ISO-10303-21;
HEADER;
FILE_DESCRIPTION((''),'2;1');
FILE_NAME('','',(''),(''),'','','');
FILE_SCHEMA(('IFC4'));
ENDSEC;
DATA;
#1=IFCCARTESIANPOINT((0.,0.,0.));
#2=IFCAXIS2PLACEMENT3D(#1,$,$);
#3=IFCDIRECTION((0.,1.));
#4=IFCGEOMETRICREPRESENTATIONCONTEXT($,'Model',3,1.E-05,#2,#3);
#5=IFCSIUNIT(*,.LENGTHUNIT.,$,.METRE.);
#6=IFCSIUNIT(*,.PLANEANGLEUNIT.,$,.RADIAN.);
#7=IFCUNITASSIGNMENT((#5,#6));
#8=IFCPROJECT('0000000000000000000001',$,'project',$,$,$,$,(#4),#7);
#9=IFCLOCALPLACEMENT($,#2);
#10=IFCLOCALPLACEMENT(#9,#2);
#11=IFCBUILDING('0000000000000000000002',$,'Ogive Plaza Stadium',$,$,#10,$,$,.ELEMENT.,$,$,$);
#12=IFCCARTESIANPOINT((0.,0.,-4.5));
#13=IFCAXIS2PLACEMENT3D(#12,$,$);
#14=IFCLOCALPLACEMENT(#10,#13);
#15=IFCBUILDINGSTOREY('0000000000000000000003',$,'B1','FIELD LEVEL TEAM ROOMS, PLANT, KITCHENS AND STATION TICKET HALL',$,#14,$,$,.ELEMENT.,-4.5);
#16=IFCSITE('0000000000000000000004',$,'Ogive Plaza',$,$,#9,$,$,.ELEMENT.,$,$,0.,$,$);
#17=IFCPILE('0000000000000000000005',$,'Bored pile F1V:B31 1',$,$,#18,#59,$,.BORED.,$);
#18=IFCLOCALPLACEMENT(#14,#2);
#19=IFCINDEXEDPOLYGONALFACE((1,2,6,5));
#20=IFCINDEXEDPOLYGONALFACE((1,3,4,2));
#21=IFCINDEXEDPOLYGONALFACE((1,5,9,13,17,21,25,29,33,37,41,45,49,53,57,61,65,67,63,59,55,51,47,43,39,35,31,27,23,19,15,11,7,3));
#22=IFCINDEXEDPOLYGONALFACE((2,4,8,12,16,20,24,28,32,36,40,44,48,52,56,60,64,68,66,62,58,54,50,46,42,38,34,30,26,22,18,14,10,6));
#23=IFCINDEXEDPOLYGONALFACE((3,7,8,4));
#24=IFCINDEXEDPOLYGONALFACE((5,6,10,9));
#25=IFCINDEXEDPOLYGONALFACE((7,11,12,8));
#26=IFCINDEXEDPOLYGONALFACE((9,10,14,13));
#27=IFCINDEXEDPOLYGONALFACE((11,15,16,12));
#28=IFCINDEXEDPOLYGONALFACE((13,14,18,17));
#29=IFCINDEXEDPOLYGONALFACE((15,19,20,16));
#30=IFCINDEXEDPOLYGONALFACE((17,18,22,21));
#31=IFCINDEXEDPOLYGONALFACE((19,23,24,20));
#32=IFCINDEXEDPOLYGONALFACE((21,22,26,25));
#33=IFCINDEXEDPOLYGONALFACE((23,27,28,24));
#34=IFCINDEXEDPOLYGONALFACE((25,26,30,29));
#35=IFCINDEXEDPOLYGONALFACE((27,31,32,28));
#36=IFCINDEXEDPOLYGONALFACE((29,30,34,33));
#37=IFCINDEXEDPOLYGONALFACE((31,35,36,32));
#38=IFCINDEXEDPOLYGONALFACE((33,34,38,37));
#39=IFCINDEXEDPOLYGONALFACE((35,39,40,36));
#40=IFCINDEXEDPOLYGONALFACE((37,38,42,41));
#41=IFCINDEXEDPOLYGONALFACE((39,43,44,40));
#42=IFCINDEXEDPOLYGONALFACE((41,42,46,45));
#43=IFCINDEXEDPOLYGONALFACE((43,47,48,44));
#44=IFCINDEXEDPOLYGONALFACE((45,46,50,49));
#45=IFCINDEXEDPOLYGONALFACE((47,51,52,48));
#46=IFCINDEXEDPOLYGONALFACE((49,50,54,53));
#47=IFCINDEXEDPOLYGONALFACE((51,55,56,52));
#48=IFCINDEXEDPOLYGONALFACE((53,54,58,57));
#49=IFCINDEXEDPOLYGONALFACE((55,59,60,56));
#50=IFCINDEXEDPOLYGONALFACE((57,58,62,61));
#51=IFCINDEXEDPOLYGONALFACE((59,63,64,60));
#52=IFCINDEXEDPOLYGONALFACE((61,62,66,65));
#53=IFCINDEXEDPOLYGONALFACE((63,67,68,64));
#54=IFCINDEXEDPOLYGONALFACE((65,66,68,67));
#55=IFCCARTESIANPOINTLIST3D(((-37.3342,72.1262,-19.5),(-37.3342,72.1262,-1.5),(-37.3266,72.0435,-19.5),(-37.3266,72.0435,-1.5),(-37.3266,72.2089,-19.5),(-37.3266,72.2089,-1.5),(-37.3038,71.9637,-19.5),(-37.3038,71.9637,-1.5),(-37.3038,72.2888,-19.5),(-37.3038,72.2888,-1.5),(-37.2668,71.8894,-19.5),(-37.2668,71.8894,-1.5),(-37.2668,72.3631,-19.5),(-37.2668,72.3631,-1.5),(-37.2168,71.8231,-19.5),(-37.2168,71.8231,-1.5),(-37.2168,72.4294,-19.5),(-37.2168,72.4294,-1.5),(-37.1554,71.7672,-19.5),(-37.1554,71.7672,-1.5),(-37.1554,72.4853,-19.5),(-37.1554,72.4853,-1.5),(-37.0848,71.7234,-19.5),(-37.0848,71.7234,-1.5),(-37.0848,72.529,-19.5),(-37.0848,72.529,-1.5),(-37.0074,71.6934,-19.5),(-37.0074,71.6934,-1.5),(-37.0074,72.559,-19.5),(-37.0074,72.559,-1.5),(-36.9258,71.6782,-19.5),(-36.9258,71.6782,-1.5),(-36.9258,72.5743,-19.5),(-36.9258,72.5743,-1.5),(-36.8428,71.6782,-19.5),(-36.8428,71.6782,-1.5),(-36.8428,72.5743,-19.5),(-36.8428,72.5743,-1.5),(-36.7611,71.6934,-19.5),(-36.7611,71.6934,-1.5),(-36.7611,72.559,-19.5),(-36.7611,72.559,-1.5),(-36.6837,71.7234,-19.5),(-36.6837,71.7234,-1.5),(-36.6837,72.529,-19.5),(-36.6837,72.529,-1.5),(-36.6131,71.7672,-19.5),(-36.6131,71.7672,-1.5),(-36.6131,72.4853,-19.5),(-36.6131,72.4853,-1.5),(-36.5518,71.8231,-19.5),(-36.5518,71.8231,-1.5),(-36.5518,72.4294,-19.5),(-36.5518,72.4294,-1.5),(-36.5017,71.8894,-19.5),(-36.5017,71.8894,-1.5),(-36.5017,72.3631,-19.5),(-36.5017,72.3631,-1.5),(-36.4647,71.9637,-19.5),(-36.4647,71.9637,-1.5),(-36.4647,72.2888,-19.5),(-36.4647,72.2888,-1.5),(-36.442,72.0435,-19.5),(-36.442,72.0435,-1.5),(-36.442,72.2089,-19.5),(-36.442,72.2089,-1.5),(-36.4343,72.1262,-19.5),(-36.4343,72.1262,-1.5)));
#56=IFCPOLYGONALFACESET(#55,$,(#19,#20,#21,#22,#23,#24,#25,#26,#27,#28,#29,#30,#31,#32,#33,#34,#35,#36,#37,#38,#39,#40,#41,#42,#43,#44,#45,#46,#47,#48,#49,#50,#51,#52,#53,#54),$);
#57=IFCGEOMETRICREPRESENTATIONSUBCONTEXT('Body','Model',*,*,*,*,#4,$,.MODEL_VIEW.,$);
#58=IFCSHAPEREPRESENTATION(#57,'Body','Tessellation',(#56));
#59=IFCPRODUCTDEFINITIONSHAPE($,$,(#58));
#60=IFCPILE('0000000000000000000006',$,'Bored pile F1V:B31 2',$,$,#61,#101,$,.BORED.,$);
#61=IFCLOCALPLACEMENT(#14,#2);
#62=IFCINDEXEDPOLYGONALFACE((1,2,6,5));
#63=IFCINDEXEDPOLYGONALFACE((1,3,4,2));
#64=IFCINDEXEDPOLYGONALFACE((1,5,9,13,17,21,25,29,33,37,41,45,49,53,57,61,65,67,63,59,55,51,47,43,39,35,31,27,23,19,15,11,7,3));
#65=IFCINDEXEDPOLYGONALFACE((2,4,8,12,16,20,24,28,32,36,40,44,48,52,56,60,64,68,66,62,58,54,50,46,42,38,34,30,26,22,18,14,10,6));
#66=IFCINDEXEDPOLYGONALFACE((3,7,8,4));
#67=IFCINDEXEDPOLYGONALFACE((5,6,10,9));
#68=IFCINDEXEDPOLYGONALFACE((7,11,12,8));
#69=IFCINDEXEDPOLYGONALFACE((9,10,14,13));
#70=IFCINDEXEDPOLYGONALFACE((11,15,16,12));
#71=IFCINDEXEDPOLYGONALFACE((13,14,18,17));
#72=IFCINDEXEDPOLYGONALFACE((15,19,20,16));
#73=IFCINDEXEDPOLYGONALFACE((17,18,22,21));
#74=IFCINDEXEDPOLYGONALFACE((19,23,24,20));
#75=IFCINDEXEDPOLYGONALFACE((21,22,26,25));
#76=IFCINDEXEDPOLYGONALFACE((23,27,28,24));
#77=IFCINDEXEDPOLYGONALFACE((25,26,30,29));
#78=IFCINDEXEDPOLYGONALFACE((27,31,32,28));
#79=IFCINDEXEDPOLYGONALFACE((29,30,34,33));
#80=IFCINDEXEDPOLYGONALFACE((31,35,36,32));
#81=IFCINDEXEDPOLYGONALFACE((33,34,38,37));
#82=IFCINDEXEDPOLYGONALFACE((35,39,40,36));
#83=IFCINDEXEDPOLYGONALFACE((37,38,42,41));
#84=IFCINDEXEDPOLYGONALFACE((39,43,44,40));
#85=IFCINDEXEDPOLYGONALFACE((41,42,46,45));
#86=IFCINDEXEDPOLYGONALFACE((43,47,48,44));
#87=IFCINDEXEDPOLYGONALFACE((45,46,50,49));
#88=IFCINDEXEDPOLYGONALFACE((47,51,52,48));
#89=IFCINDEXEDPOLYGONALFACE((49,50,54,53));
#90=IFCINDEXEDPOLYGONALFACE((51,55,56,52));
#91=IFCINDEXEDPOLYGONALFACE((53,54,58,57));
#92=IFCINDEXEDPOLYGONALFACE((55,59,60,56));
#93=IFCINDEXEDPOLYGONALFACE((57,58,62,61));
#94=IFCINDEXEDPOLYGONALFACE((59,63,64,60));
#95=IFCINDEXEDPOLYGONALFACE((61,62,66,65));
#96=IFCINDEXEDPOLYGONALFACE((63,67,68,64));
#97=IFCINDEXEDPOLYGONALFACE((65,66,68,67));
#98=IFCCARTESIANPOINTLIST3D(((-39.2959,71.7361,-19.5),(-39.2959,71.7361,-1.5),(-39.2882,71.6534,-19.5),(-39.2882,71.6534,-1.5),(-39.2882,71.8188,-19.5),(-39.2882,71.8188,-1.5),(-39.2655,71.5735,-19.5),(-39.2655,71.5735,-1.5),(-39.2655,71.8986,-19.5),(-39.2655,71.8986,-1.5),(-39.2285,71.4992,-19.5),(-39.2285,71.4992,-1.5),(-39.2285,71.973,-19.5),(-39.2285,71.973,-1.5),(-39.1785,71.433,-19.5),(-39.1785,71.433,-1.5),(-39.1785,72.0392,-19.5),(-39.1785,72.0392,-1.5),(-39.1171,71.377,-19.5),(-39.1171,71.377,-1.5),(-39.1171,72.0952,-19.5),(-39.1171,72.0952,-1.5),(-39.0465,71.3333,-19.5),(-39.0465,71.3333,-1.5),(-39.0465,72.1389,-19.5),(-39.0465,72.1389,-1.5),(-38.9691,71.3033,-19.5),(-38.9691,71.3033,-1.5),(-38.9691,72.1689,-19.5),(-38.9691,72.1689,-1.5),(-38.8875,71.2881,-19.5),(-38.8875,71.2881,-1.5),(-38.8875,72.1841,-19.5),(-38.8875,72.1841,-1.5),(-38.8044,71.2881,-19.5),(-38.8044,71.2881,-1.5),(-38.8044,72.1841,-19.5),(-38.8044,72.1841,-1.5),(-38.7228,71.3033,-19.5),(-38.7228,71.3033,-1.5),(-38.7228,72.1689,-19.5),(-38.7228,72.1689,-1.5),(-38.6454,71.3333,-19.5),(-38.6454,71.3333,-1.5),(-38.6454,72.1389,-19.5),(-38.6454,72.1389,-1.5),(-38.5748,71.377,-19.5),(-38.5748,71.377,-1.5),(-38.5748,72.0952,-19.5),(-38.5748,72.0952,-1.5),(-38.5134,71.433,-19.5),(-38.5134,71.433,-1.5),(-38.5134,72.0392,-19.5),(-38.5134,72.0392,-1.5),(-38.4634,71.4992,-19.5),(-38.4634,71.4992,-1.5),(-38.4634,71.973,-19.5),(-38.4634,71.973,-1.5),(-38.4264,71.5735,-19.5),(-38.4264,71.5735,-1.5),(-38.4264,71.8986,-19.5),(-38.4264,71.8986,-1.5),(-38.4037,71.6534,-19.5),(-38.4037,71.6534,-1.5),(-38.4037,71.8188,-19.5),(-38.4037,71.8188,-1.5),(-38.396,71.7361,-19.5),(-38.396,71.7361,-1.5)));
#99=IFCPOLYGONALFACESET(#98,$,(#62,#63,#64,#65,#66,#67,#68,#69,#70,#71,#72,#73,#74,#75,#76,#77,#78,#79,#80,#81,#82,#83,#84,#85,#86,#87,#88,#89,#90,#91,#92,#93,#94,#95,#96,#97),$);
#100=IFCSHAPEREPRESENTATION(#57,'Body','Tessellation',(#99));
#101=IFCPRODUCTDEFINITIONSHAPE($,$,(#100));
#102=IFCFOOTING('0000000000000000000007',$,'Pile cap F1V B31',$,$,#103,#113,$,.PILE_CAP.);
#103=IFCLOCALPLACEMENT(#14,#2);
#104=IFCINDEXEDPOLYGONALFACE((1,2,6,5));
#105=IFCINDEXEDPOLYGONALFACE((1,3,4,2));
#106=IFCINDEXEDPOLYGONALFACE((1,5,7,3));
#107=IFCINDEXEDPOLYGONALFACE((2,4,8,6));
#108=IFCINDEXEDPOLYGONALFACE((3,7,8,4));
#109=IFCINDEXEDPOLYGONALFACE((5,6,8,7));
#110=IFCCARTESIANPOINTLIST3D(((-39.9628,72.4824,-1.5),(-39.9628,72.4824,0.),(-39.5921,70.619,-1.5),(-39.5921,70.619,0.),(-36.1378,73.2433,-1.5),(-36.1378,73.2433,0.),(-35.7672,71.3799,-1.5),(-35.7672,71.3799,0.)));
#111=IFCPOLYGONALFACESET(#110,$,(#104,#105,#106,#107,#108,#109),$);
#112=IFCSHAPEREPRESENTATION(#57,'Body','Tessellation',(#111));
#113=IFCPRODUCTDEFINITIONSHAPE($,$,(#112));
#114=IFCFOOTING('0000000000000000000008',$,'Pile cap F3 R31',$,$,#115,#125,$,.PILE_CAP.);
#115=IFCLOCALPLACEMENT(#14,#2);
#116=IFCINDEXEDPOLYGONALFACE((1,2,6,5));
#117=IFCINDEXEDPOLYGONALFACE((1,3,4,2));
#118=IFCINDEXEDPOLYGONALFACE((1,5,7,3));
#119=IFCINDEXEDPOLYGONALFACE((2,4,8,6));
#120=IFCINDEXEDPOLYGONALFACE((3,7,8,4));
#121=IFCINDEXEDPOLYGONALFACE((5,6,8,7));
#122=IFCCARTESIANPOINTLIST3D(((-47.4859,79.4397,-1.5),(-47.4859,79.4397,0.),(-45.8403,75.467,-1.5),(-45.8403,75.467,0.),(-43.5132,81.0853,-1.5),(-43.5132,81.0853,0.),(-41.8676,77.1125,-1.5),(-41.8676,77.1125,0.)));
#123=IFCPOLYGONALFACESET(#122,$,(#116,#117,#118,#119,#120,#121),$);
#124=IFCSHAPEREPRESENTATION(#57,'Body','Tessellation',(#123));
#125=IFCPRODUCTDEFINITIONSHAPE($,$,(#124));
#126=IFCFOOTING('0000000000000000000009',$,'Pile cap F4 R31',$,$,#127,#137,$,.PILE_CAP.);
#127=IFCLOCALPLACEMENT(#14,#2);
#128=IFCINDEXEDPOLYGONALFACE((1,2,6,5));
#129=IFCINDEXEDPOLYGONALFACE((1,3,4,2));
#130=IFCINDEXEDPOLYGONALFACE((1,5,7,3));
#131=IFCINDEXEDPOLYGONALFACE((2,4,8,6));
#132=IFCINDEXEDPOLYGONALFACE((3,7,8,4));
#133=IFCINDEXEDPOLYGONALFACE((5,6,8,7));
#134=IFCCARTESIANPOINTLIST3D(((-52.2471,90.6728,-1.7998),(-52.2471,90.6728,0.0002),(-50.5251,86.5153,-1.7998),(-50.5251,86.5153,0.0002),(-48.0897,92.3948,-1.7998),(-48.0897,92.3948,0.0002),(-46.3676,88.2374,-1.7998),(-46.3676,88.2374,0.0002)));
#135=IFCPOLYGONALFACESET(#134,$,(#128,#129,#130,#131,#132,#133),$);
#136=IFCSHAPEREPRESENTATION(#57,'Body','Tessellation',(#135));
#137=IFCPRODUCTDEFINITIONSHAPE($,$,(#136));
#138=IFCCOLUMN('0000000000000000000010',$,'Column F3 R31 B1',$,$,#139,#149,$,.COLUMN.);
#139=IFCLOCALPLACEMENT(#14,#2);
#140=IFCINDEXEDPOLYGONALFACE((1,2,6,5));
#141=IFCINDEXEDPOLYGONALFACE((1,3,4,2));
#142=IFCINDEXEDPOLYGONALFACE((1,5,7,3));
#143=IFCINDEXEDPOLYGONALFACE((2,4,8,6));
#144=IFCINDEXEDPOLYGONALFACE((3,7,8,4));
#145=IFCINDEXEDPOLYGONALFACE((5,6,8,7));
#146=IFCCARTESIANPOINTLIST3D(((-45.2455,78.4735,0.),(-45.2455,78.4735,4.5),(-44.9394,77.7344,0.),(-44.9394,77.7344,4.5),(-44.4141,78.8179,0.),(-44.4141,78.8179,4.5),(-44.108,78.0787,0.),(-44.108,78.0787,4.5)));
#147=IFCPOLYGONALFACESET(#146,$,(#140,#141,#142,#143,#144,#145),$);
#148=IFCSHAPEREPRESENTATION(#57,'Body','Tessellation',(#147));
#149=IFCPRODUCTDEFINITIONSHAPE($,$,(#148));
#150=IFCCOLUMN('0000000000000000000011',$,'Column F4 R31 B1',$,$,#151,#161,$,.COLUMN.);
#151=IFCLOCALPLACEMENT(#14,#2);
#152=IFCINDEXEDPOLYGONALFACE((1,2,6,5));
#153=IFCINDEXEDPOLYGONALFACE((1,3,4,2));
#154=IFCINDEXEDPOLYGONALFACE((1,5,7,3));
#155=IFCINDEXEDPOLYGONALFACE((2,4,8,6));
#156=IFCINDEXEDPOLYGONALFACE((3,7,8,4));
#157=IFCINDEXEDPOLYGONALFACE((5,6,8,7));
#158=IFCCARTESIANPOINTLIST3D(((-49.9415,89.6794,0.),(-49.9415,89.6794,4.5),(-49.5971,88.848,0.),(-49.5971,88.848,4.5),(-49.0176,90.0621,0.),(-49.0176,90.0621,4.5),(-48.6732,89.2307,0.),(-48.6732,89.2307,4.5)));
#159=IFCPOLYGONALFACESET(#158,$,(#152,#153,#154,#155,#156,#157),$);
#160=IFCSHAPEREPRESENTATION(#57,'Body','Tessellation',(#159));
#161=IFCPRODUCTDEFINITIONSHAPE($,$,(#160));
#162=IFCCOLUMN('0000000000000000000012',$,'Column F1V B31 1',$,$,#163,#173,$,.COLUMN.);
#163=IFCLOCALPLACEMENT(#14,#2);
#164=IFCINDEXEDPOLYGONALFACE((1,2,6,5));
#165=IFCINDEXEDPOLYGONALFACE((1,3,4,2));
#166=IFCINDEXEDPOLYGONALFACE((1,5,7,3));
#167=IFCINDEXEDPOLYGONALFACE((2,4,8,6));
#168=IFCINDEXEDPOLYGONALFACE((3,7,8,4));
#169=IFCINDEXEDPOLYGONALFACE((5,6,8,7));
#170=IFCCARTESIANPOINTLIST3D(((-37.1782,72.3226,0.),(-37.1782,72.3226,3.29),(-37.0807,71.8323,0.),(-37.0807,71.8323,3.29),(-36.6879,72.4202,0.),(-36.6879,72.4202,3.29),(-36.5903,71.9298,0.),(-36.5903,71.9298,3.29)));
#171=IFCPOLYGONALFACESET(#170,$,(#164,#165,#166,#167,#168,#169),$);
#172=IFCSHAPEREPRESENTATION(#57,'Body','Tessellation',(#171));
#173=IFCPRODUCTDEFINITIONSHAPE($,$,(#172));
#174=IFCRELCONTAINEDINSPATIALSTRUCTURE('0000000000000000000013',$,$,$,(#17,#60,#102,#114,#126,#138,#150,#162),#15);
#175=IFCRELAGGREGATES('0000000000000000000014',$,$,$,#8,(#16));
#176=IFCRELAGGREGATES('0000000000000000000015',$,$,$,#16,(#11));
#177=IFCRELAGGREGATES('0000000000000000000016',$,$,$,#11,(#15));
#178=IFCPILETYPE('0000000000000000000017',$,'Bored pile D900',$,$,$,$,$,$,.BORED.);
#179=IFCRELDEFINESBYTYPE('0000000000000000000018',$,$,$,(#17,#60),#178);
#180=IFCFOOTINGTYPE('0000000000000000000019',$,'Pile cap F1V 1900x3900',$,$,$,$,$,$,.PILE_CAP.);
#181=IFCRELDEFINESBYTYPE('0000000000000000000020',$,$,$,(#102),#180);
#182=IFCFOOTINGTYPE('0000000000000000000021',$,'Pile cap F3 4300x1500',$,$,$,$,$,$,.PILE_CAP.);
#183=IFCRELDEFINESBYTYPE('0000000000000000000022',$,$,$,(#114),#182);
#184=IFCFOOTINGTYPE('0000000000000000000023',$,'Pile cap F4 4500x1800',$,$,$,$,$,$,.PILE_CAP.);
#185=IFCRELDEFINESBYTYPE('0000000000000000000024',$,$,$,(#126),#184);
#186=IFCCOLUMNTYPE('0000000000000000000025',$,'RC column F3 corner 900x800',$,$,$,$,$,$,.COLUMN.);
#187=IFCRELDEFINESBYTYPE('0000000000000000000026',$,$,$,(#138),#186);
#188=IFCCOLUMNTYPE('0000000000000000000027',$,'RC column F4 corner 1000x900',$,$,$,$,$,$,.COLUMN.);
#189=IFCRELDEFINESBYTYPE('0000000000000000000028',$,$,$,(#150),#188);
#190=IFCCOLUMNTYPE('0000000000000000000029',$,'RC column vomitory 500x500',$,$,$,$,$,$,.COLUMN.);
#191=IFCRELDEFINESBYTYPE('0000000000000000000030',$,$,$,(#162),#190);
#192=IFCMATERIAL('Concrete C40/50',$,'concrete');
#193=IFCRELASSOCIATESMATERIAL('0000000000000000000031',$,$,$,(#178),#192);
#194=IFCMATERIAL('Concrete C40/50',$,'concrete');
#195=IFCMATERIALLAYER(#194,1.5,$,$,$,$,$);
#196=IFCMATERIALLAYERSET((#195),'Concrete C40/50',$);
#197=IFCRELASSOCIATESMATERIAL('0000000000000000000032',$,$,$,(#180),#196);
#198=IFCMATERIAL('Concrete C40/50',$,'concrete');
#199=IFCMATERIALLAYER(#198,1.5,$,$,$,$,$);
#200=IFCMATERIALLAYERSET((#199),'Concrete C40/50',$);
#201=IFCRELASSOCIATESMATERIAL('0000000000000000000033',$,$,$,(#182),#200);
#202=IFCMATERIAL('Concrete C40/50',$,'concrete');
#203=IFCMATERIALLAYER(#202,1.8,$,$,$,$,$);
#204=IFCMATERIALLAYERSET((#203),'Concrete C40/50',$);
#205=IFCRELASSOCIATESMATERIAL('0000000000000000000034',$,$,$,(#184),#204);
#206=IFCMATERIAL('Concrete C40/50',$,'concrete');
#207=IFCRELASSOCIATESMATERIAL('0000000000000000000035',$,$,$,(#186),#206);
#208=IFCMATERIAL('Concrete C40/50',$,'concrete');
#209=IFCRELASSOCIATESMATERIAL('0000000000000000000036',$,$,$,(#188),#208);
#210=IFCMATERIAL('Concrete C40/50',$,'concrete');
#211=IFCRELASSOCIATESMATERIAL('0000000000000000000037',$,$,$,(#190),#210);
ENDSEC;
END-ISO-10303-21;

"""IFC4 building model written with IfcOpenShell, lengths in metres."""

from ifc_helpers import new_model, si_unit, direction, frame, origin, origin_2d, place, context, subcontext, project, spatial, rectangle, circle, extrude, material, layer, layer_set, material_profile, profile_set, type_object, element, save


model = new_model("IFC4")

# Units and contexts
model_context = context("Model", 3, precision=1e-05, world=origin(), true_north=direction((0.0, 1.0)))
body_context = subcontext(model_context, "Body", "Model", "MODEL_VIEW")
ifc_project = project(units=[si_unit("LENGTHUNIT", "METRE"), si_unit("PLANEANGLEUNIT", "RADIAN")], contexts=[model_context])

# Site, building, storey
site_placement = place(None, origin())
site = spatial("IfcSite", under=ifc_project, at=site_placement, Name="Ogive Plaza", CompositionType="ELEMENT", RefElevation=0.0)
building_placement = place(site_placement, origin())
building = spatial("IfcBuilding", under=site, at=building_placement, Name="Ogive Plaza Stadium", CompositionType="ELEMENT")
storey_placement = place(building_placement, frame((0.0, 0.0, -4.5)))
storey = spatial("IfcBuildingStorey", under=building, at=storey_placement, Name="B1", Description="FIELD LEVEL TEAM ROOMS, PLANT, KITCHENS AND STATION TICKET HALL", CompositionType="ELEMENT", Elevation=-4.5)

# Piles
ifc_material_1 = material(Name="Concrete C40/50", Category="concrete")
ifc_material_profile_1 = material_profile(ifc_material_1, circle(Radius=0.45, at=origin_2d()), Name="RC D900")
ifc_profile_set_1 = profile_set([ifc_material_profile_1], Name="Concrete C40/50")
pile_type_1 = type_object("IfcPileType", Name="Bored pile D900", PredefinedType="BORED", material=ifc_profile_set_1)
for number, where, z_axis, x_axis, name in (
    (1, (-36.8843, 72.1262, -1.5), (0.0, 0.0, -1.0), (1.0, 0.0, 0.0), "Bored pile F1V:B31 1"),
    (2, (-38.8459, 71.7361, -1.5), (0.0, 0.0, -1.0), (1.0, 0.0, 0.0), "Bored pile F1V:B31 2"),
):
    element("IfcPile", number, at=place(storey_placement, frame(where, z_axis=z_axis, x_axis=x_axis)), inside=storey, type_object=pile_type_1, Name=name, PredefinedType="BORED", context=body_context, shape_type="SweptSolid", body=[
        extrude(circle(Radius=0.45, at=origin_2d()), origin(), (0.0, 0.0, 1.0), 18.0),
    ])

# Footings
ifc_material_2 = material(Name="Concrete C40/50", Category="concrete")
ifc_layer_1 = layer(ifc_material_2, 1.5)
ifc_layer_set_1 = layer_set([ifc_layer_1], Name="Concrete C40/50")
footing_type_1 = type_object("IfcFootingType", Name="Pile cap F1V 1900x3900", PredefinedType="PILE_CAP", material=ifc_layer_set_1)
footing_1_placement = place(storey_placement, frame((-37.865, 71.9312, -1.5), z_axis=(0.0, 0.0, 1.0), x_axis=(-0.19509, 0.980785, 0.0)))
element("IfcFooting", 3, at=footing_1_placement, inside=storey, type_object=footing_type_1, Name="Pile cap F1V B31", PredefinedType="PILE_CAP", context=body_context, shape_type="SweptSolid", body=[
    extrude(rectangle(XDim=1.8999, YDim=3.8999, at=origin_2d()), origin(), (0.0, 0.0, 1.0), 1.5),
])
ifc_material_3 = material(Name="Concrete C40/50", Category="concrete")
ifc_layer_2 = layer(ifc_material_3, 1.5)
ifc_layer_set_2 = layer_set([ifc_layer_2], Name="Concrete C40/50")
footing_type_2 = type_object("IfcFootingType", Name="Pile cap F3 4300x1500", PredefinedType="PILE_CAP", material=ifc_layer_set_2)
footing_2_placement = place(storey_placement, frame((-44.6768, 78.2761, -1.5), z_axis=(0.0, 0.0, 1.0), x_axis=(-0.382683, 0.92388, 0.0)))
element("IfcFooting", 4, at=footing_2_placement, inside=storey, type_object=footing_type_2, Name="Pile cap F3 R31", PredefinedType="PILE_CAP", context=body_context, shape_type="SweptSolid", body=[
    extrude(rectangle(XDim=4.3, YDim=4.3, at=origin_2d()), origin(), (0.0, 0.0, 1.0), 1.5),
])
ifc_material_4 = material(Name="Concrete C40/50", Category="concrete")
ifc_layer_3 = layer(ifc_material_4, 1.8)
ifc_layer_set_3 = layer_set([ifc_layer_3], Name="Concrete C40/50")
footing_type_3 = type_object("IfcFootingType", Name="Pile cap F4 4500x1800", PredefinedType="PILE_CAP", material=ifc_layer_set_3)
footing_3_placement = place(storey_placement, frame((-49.3074, 89.4551, -1.7998), z_axis=(0.0, 0.0, 1.0), x_axis=(-0.382683, 0.92388, 0.0)))
element("IfcFooting", 5, at=footing_3_placement, inside=storey, type_object=footing_type_3, Name="Pile cap F4 R31", PredefinedType="PILE_CAP", context=body_context, shape_type="SweptSolid", body=[
    extrude(rectangle(XDim=4.5, YDim=4.5, at=origin_2d()), origin(), (0.0, 0.0, 1.0), 1.8),
])

# Columns
ifc_material_5 = material(Name="Concrete C40/50", Category="concrete")
ifc_material_profile_2 = material_profile(ifc_material_5, rectangle(XDim=0.8999, YDim=0.8, at=origin_2d()), Name="RC 900x800")
ifc_profile_set_2 = profile_set([ifc_material_profile_2], Name="Concrete C40/50")
column_type_1 = type_object("IfcColumnType", Name="RC column F3 corner 900x800", PredefinedType="COLUMN", material=ifc_profile_set_2)
column_1_placement = place(storey_placement, frame((-44.6768, 78.2761, 0.0), z_axis=(0.0, 0.0, 1.0), x_axis=(-0.92388, -0.382683, 0.0)))
element("IfcColumn", 6, at=column_1_placement, inside=storey, type_object=column_type_1, Name="Column F3 R31 B1", PredefinedType="COLUMN", context=body_context, shape_type="SweptSolid", body=[
    extrude(rectangle(XDim=0.8999, YDim=0.8, at=origin_2d()), origin(), (0.0, 0.0, 1.0), 4.5),
])
ifc_material_6 = material(Name="Concrete C40/50", Category="concrete")
ifc_material_profile_3 = material_profile(ifc_material_6, rectangle(XDim=1.0, YDim=0.8999, at=origin_2d()), Name="RC 1000x900")
ifc_profile_set_3 = profile_set([ifc_material_profile_3], Name="Concrete C40/50")
column_type_2 = type_object("IfcColumnType", Name="RC column F4 corner 1000x900", PredefinedType="COLUMN", material=ifc_profile_set_3)
column_2_placement = place(storey_placement, frame((-49.3074, 89.4551, 0.0), z_axis=(0.0, 0.0, 1.0), x_axis=(-0.92388, -0.382683, 0.0)))
element("IfcColumn", 7, at=column_2_placement, inside=storey, type_object=column_type_2, Name="Column F4 R31 B1", PredefinedType="COLUMN", context=body_context, shape_type="SweptSolid", body=[
    extrude(rectangle(XDim=1.0, YDim=0.8999, at=origin_2d()), origin(), (0.0, 0.0, 1.0), 4.5),
])
ifc_material_7 = material(Name="Concrete C40/50", Category="concrete")
ifc_material_profile_4 = material_profile(ifc_material_7, rectangle(XDim=0.5, YDim=0.5, at=origin_2d()), Name="RC 500x500")
ifc_profile_set_4 = profile_set([ifc_material_profile_4], Name="Concrete C40/50")
column_type_3 = type_object("IfcColumnType", Name="RC column vomitory 500x500", PredefinedType="COLUMN", material=ifc_profile_set_4)
column_3_placement = place(storey_placement, frame((-36.8843, 72.1262, 0.0), z_axis=(0.0, 0.0, 1.0), x_axis=(-0.980785, -0.19509, 0.0)))
element("IfcColumn", 8, at=column_3_placement, inside=storey, type_object=column_type_3, Name="Column F1V B31 1", PredefinedType="COLUMN", context=body_context, shape_type="SweptSolid", body=[
    extrude(rectangle(XDim=0.5, YDim=0.5, at=origin_2d()), origin(), (0.0, 0.0, 1.0), 3.29),
])

save(model, "model.ifc")
